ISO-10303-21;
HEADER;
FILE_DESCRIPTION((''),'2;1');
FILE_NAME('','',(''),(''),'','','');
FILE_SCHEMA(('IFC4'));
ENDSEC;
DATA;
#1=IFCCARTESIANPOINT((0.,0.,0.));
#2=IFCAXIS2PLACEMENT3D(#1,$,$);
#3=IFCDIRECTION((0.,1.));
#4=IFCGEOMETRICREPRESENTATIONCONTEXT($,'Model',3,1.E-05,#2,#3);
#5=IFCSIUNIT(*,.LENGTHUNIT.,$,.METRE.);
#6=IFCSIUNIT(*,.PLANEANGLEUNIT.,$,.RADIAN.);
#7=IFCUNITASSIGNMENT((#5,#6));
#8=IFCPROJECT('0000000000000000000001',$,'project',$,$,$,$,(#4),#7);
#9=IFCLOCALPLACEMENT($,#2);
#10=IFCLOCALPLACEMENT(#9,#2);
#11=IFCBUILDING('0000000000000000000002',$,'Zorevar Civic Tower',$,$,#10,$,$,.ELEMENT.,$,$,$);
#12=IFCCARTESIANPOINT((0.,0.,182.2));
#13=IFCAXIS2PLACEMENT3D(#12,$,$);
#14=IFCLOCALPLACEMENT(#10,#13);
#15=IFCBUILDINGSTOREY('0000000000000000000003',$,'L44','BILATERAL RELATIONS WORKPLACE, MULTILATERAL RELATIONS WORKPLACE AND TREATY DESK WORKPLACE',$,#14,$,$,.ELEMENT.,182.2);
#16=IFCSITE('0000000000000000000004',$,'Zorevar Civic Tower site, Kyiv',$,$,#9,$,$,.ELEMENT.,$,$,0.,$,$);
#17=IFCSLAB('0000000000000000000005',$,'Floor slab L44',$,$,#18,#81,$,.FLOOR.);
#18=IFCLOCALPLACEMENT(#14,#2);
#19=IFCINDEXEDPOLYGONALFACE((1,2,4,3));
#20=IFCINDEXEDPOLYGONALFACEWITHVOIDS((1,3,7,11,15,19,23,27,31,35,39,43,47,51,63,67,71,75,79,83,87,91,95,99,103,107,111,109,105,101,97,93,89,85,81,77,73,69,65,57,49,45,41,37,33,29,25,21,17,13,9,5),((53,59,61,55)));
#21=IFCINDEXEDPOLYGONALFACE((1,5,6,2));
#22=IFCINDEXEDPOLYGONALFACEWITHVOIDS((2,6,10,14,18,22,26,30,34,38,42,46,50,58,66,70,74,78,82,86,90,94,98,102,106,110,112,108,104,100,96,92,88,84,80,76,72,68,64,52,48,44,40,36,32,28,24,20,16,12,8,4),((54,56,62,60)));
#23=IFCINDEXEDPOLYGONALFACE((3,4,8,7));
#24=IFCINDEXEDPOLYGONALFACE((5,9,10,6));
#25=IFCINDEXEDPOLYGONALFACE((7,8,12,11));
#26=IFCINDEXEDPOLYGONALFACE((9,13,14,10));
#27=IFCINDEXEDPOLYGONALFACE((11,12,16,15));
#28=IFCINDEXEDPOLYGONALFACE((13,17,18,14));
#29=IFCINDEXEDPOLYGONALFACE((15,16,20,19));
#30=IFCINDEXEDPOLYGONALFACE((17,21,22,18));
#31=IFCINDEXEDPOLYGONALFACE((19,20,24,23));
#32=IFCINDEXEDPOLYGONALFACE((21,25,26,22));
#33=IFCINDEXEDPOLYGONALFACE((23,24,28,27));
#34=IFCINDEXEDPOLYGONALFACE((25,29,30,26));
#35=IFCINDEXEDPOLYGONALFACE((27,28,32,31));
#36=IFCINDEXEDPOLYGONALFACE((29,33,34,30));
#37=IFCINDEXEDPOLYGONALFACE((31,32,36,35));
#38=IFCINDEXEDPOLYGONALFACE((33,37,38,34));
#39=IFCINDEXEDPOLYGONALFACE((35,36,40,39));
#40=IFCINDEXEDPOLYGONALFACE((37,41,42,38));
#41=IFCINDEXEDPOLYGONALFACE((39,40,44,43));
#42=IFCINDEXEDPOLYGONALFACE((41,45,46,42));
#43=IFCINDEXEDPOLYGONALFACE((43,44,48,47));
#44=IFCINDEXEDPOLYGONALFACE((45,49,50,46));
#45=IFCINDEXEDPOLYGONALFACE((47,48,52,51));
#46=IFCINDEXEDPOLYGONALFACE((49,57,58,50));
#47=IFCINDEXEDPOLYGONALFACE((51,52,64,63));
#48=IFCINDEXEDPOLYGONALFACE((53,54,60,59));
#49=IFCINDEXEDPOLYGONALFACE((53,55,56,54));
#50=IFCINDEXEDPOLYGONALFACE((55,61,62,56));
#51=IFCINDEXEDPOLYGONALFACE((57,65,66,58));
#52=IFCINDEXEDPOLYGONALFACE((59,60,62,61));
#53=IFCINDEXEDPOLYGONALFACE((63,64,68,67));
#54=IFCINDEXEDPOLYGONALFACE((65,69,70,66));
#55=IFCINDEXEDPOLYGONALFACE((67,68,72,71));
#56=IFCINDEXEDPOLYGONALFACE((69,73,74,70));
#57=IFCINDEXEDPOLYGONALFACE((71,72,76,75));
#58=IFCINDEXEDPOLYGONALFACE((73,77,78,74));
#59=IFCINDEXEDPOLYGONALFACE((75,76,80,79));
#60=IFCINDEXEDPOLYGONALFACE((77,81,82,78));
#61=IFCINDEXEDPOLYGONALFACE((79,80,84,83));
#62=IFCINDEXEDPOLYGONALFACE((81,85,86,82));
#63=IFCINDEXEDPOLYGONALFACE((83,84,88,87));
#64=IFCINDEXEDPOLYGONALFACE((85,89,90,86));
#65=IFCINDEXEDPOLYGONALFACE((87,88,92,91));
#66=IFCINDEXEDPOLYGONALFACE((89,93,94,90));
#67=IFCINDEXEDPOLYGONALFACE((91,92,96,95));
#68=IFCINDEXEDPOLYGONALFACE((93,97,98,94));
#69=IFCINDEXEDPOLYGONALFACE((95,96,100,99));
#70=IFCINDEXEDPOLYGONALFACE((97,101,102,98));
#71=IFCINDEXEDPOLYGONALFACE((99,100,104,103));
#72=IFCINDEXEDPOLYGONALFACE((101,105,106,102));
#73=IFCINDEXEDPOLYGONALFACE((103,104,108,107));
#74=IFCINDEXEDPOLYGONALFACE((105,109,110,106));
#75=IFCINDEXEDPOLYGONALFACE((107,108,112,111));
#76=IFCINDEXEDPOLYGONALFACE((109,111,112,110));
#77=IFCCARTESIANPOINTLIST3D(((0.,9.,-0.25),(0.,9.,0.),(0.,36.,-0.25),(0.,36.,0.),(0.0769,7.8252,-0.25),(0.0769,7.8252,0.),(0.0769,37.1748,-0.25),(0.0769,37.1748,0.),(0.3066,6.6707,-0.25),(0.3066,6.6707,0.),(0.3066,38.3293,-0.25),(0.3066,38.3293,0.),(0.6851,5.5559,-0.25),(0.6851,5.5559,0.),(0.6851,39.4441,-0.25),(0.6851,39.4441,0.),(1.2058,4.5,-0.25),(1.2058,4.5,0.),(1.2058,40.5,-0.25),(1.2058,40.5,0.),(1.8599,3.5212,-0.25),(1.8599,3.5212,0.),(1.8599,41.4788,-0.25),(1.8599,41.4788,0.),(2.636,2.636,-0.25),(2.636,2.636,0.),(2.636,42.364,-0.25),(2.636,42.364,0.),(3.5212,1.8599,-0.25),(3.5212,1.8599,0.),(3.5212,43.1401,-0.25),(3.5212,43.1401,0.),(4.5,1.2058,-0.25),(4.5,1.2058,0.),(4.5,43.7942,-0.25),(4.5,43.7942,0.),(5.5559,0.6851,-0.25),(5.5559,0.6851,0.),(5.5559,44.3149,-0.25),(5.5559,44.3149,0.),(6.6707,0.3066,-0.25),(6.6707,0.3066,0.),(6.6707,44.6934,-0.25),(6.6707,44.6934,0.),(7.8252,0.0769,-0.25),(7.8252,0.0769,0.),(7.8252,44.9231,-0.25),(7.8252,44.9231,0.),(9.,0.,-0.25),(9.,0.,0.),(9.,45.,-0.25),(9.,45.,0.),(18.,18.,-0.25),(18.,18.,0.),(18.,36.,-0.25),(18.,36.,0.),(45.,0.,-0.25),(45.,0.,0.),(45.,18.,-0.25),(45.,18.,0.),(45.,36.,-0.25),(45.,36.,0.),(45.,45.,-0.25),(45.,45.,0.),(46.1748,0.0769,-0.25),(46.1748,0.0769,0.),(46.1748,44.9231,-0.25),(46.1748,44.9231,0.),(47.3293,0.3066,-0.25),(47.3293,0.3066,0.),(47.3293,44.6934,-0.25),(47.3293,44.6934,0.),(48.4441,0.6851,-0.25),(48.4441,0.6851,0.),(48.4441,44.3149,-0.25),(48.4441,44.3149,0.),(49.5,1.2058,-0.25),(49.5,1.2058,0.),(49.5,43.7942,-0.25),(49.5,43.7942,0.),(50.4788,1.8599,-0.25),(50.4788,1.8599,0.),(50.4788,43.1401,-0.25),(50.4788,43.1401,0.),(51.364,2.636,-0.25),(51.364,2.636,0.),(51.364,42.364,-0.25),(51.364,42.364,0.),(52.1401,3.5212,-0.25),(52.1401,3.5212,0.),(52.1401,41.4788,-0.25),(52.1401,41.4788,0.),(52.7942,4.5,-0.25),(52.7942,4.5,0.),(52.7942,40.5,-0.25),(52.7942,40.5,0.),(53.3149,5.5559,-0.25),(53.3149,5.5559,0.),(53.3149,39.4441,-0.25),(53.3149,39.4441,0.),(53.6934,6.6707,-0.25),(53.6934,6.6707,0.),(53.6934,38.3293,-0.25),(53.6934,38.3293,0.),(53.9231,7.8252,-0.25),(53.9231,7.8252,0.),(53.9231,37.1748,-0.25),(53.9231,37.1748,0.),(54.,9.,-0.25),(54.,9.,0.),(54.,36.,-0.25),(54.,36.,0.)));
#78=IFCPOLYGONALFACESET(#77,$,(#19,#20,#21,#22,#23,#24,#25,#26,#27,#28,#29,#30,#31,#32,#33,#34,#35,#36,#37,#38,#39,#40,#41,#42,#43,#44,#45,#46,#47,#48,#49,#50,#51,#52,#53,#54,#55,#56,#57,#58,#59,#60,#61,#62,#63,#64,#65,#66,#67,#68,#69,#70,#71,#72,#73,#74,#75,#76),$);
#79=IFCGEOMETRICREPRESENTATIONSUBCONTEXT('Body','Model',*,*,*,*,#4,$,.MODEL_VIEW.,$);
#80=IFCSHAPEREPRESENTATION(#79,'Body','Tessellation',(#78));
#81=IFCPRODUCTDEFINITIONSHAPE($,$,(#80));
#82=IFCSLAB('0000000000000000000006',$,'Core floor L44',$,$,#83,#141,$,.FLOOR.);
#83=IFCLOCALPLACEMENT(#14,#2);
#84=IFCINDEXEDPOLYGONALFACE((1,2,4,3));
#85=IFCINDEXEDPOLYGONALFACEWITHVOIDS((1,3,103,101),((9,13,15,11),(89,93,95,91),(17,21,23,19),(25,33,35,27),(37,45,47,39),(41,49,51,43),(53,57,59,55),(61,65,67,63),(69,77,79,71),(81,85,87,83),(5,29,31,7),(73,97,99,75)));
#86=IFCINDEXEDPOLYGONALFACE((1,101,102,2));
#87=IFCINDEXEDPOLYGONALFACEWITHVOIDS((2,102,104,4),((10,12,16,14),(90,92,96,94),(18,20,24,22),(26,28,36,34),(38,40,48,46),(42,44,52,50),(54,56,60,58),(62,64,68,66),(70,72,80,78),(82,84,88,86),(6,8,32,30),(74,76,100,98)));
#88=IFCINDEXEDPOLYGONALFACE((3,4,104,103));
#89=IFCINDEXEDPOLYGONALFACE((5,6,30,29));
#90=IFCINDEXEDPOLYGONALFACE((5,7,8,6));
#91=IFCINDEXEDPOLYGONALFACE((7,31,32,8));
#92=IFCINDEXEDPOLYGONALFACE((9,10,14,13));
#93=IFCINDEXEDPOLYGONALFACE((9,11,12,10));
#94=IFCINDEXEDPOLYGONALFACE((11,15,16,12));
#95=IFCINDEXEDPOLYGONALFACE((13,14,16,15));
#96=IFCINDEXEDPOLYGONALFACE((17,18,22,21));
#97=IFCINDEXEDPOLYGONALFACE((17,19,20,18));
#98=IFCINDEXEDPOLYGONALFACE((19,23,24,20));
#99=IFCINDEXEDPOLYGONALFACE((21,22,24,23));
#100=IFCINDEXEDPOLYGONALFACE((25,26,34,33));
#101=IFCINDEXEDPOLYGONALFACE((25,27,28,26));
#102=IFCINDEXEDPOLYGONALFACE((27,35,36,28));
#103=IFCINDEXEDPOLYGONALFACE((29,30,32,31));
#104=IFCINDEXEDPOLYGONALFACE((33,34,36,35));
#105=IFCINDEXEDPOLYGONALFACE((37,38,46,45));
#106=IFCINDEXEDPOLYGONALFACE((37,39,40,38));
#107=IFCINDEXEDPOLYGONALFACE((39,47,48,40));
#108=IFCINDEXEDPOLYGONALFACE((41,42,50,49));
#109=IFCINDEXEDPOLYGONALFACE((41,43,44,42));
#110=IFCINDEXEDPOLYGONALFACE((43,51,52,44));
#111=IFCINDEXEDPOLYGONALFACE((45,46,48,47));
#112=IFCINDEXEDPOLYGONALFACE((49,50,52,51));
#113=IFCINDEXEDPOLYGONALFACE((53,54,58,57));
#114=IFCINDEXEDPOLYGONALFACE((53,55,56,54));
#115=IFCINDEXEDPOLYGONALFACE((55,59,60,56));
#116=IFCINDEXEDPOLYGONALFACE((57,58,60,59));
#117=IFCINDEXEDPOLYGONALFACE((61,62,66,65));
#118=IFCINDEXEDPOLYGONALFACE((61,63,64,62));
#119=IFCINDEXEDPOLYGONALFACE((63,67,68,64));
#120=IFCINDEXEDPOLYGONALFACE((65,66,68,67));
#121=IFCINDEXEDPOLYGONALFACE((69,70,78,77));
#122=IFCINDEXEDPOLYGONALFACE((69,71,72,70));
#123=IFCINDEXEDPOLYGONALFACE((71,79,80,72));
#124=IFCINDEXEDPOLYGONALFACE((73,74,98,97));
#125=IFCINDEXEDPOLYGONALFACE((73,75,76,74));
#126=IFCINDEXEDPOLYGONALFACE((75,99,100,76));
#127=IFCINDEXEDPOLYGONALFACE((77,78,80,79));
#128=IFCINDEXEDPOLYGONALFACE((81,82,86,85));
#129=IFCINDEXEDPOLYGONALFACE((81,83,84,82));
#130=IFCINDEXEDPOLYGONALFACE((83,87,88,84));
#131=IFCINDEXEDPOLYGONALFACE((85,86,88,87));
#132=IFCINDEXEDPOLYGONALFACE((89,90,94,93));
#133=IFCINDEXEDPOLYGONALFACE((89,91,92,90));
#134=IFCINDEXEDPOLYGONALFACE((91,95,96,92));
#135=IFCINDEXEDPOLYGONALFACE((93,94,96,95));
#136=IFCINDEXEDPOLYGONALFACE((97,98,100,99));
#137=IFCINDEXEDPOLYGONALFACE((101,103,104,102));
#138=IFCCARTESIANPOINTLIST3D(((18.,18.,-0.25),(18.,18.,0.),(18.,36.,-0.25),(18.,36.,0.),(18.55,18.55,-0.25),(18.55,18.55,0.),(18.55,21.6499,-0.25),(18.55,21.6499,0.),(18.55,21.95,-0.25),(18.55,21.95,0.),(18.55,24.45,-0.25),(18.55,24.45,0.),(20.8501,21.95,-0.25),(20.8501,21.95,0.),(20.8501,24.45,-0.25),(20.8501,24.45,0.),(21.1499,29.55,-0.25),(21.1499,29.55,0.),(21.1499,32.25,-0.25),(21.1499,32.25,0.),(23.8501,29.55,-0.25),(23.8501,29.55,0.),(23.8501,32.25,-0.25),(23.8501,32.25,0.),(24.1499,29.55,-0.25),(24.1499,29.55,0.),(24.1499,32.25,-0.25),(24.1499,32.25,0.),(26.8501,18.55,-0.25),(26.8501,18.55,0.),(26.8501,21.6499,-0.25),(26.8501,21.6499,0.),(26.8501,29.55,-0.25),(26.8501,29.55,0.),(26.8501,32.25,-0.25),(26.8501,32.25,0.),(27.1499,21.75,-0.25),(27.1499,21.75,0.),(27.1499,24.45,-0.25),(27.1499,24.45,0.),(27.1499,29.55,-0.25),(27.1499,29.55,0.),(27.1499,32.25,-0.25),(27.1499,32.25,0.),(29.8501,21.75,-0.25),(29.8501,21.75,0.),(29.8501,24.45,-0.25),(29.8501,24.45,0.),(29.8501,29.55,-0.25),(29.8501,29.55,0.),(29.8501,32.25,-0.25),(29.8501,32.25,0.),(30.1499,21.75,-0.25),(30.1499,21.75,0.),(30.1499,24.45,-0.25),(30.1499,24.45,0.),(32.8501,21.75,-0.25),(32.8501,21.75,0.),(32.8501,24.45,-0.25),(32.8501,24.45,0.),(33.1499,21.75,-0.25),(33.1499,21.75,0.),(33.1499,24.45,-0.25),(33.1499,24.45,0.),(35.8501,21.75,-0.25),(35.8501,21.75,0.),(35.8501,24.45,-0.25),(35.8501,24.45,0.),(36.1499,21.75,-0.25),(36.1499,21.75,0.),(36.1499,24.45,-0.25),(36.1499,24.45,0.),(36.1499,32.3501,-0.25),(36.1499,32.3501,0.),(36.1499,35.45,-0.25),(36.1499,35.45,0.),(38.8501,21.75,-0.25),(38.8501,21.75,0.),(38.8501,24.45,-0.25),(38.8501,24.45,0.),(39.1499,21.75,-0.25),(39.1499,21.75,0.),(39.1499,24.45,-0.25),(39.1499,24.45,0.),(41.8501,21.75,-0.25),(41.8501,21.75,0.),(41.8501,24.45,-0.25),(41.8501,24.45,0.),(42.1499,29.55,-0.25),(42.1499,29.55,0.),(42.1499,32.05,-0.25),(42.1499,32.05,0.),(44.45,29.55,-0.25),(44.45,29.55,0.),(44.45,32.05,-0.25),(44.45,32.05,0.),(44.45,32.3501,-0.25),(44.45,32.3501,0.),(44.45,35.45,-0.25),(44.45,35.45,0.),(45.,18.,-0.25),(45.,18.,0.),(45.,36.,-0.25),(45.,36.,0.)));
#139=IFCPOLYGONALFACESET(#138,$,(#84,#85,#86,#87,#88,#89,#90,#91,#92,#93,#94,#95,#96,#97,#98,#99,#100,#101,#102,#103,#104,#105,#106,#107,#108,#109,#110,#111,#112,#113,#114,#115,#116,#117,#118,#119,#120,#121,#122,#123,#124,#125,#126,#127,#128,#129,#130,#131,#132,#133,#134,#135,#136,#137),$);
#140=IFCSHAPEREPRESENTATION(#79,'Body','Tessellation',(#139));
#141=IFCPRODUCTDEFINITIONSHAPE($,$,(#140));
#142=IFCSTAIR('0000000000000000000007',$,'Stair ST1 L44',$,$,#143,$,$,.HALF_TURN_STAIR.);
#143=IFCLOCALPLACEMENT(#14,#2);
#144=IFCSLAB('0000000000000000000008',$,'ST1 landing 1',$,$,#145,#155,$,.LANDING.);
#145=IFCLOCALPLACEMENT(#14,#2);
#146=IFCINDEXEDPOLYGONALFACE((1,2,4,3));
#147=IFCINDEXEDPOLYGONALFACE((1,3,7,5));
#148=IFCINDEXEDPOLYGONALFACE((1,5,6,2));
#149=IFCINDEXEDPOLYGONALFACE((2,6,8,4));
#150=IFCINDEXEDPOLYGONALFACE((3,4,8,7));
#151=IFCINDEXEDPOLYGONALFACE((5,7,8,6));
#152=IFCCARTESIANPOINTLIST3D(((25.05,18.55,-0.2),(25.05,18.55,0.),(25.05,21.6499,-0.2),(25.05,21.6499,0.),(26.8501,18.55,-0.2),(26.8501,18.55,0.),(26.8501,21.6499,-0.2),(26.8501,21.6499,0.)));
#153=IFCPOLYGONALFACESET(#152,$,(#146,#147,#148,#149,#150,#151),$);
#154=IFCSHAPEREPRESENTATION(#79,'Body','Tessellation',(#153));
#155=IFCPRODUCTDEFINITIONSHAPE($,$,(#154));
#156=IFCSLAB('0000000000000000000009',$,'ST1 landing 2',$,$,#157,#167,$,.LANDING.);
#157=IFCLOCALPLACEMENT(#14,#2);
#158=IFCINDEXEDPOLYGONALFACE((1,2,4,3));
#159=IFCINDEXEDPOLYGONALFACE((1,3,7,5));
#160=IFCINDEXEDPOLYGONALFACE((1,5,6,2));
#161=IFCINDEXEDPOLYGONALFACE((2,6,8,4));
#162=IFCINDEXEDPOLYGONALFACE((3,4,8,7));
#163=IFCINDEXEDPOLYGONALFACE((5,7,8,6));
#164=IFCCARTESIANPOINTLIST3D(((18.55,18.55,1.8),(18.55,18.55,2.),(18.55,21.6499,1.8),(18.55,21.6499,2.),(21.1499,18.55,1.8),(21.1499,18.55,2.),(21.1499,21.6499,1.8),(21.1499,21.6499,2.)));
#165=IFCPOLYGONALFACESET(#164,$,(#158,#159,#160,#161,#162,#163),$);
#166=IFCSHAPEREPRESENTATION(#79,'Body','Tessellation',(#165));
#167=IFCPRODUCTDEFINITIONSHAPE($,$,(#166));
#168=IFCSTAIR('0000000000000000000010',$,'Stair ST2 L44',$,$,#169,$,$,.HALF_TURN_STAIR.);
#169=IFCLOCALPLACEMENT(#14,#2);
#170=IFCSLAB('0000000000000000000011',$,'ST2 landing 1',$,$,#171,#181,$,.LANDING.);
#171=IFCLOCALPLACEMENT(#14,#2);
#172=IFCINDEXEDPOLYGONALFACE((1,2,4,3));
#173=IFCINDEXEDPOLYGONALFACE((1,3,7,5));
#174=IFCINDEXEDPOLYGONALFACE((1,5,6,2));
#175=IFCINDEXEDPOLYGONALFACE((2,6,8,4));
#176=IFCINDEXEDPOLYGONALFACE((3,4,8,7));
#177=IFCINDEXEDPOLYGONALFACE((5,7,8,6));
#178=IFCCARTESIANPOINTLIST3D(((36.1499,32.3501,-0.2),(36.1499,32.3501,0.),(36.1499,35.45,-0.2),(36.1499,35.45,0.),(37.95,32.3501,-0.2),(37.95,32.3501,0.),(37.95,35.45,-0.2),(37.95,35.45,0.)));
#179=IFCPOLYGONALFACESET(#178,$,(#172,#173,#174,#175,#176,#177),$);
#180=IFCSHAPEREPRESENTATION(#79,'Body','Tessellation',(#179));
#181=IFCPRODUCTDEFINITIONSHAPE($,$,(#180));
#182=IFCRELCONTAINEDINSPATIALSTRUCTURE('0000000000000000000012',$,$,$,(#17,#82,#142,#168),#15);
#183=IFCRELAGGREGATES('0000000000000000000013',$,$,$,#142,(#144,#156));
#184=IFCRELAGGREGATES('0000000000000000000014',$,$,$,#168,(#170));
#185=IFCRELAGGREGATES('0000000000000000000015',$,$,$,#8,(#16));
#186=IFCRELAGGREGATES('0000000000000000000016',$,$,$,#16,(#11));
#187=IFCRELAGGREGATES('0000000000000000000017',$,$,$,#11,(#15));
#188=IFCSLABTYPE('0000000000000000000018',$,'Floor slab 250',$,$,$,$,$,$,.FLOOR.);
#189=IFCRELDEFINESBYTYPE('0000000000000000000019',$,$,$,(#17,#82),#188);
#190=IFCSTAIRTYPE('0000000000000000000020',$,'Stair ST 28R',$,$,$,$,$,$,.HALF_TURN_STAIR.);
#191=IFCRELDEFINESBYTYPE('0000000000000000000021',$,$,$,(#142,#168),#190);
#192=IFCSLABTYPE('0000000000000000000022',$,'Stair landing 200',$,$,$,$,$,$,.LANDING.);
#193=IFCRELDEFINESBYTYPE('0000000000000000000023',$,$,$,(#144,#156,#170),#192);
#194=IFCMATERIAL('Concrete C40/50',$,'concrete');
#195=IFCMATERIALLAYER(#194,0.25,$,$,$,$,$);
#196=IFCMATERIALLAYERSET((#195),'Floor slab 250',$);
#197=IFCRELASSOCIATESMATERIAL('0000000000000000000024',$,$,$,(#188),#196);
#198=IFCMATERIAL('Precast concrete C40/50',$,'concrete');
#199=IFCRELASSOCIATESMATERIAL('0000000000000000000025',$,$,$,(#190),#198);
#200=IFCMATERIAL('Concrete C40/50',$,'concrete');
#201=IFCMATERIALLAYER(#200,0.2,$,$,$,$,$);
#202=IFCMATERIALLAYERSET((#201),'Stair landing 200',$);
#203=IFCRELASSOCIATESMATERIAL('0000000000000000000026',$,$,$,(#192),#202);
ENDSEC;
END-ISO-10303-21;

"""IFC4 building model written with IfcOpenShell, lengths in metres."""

from ifc_helpers import new_model, si_unit, direction, frame, origin, place, context, subcontext, project, spatial, polyline, outline, extrude, material, layer, layer_set, type_object, element, aggregate, save


model = new_model("IFC4")

# Units and contexts
model_context = context("Model", 3, precision=1e-05, world=origin(), true_north=direction((0.0, 1.0)))
body_context = subcontext(model_context, "Body", "Model", "MODEL_VIEW")
ifc_project = project(units=[si_unit("LENGTHUNIT", "METRE"), si_unit("PLANEANGLEUNIT", "RADIAN")], contexts=[model_context])

# Site, building, storey
site_placement = place(None, origin())
site = spatial("IfcSite", under=ifc_project, at=site_placement, Name="Zorevar Civic Tower site, Kyiv", CompositionType="ELEMENT", RefElevation=0.0)
building_placement = place(site_placement, origin())
building = spatial("IfcBuilding", under=site, at=building_placement, Name="Zorevar Civic Tower", CompositionType="ELEMENT")
storey_placement = place(building_placement, frame((0.0, 0.0, 182.2)))
storey = spatial("IfcBuildingStorey", under=building, at=storey_placement, Name="L44", Description="BILATERAL RELATIONS WORKPLACE, MULTILATERAL RELATIONS WORKPLACE AND TREATY DESK WORKPLACE", CompositionType="ELEMENT", Elevation=182.2)

# Slabs
ifc_material_1 = material(Name="Concrete C40/50", Category="concrete")
ifc_layer_1 = layer(ifc_material_1, 0.25)
ifc_layer_set_1 = layer_set([ifc_layer_1], Name="Floor slab 250")
slab_type_1 = type_object("IfcSlabType", Name="Floor slab 250", PredefinedType="FLOOR", material=ifc_layer_set_1)
slab_1_placement = place(storey_placement, frame((0.0, 0.0, -0.25)))
element("IfcSlab", 1, at=slab_1_placement, inside=storey, type_object=slab_type_1, Name="Floor slab L44", PredefinedType="FLOOR", context=body_context, shape_type="SweptSolid", body=[
    extrude(outline(polyline([(45.0, 0.0), (46.1748, 0.0769), (47.3293, 0.3066), (48.4441, 0.6851), (49.5, 1.2058), (50.4788, 1.8599), (51.364, 2.636), (52.1401, 3.5212), (52.7942, 4.5), (53.3149, 5.5559), (53.6934, 6.6707), (53.9231, 7.8252), (54.0, 9.0), (54.0, 36.0), (53.9231, 37.1748), (53.6934, 38.3293), (53.3149, 39.4441), (52.7942, 40.5), (52.1401, 41.4788), (51.364, 42.364), (50.4788, 43.1401), (49.5, 43.7942), (48.4441, 44.3149), (47.3293, 44.6934), (46.1748, 44.9231), (45.0, 45.0), (9.0, 45.0), (7.8252, 44.9231), (6.6707, 44.6934), (5.5559, 44.3149), (4.5, 43.7942), (3.5212, 43.1401), (2.636, 42.364), (1.8599, 41.4788), (1.2058, 40.5), (0.6851, 39.4441), (0.3066, 38.3293), (0.0769, 37.1748), (0.0, 36.0), (0.0, 9.0), (0.0769, 7.8252), (0.3066, 6.6707), (0.6851, 5.5559), (1.2058, 4.5), (1.8599, 3.5212), (2.636, 2.636), (3.5212, 1.8599), (4.5, 1.2058), (5.5559, 0.6851), (6.6707, 0.3066), (7.8252, 0.0769), (9.0, 0.0), (45.0, 0.0)]), holes=[polyline([(18.0, 18.0), (45.0, 18.0), (45.0, 36.0), (18.0, 36.0), (18.0, 18.0)])]), origin(), (0.0, 0.0, 1.0), 0.25),
])
slab_2_placement = place(storey_placement, frame((0.0, 0.0, -0.25)))
element("IfcSlab", 2, at=slab_2_placement, inside=storey, type_object=slab_type_1, Name="Core floor L44", PredefinedType="FLOOR", context=body_context, shape_type="SweptSolid", body=[
    extrude(outline(polyline([(18.0, 18.0), (45.0, 18.0), (45.0, 36.0), (18.0, 36.0), (18.0, 18.0)]), holes=[polyline([(18.55, 18.55), (26.8501, 18.55), (26.8501, 21.6499), (18.55, 21.6499), (18.55, 18.55)]), polyline([(36.1499, 32.3501), (44.45, 32.3501), (44.45, 35.45), (36.1499, 35.45), (36.1499, 32.3501)]), polyline([(18.55, 21.95), (20.8501, 21.95), (20.8501, 24.45), (18.55, 24.45), (18.55, 21.95)]), polyline([(42.1499, 29.55), (44.45, 29.55), (44.45, 32.05), (42.1499, 32.05), (42.1499, 29.55)]), polyline([(27.1499, 21.75), (29.8501, 21.75), (29.8501, 24.45), (27.1499, 24.45), (27.1499, 21.75)]), polyline([(30.1499, 21.75), (32.8501, 21.75), (32.8501, 24.45), (30.1499, 24.45), (30.1499, 21.75)]), polyline([(33.1499, 21.75), (35.8501, 21.75), (35.8501, 24.45), (33.1499, 24.45), (33.1499, 21.75)]), polyline([(27.1499, 29.55), (29.8501, 29.55), (29.8501, 32.25), (27.1499, 32.25), (27.1499, 29.55)]), polyline([(36.1499, 21.75), (38.8501, 21.75), (38.8501, 24.45), (36.1499, 24.45), (36.1499, 21.75)]), polyline([(24.1499, 29.55), (26.8501, 29.55), (26.8501, 32.25), (24.1499, 32.25), (24.1499, 29.55)]), polyline([(39.1499, 21.75), (41.8501, 21.75), (41.8501, 24.45), (39.1499, 24.45), (39.1499, 21.75)]), polyline([(21.1499, 29.55), (23.8501, 29.55), (23.8501, 32.25), (21.1499, 32.25), (21.1499, 29.55)])]), origin(), (0.0, 0.0, 1.0), 0.25),
])

# Stairs, slabs
ifc_material_2 = material(Name="Precast concrete C40/50", Category="concrete")
stair_type = type_object("IfcStairType", Name="Stair ST 28R", PredefinedType="HALF_TURN_STAIR", material=ifc_material_2)
stair_1_placement = place(storey_placement, origin())
stair_1 = element("IfcStair", 3, at=stair_1_placement, inside=storey, type_object=stair_type, Name="Stair ST1 L44", PredefinedType="HALF_TURN_STAIR")
ifc_material_3 = material(Name="Concrete C40/50", Category="concrete")
ifc_layer_2 = layer(ifc_material_3, 0.2)
ifc_layer_set_2 = layer_set([ifc_layer_2], Name="Stair landing 200")
slab_type_2 = type_object("IfcSlabType", Name="Stair landing 200", PredefinedType="LANDING", material=ifc_layer_set_2)
slab_3_placement = place(storey_placement, frame((0.0, 0.0, -0.2)))
slab_3 = element("IfcSlab", 4, at=slab_3_placement, type_object=slab_type_2, Name="ST1 landing 1", PredefinedType="LANDING", context=body_context, shape_type="SweptSolid", body=[
    extrude(outline(polyline([(25.05, 18.55), (26.8501, 18.55), (26.8501, 21.6499), (25.05, 21.6499), (25.05, 18.55)])), origin(), (0.0, 0.0, 1.0), 0.2),
])
slab_4_placement = place(storey_placement, frame((0.0, 0.0, 1.8)))
slab_4 = element("IfcSlab", 5, at=slab_4_placement, type_object=slab_type_2, Name="ST1 landing 2", PredefinedType="LANDING", context=body_context, shape_type="SweptSolid", body=[
    extrude(outline(polyline([(18.55, 18.55), (21.1499, 18.55), (21.1499, 21.6499), (18.55, 21.6499), (18.55, 18.55)])), origin(), (0.0, 0.0, 1.0), 0.2),
])
aggregate(stair_1, [slab_3, slab_4])
stair_2_placement = place(storey_placement, origin())
stair_2 = element("IfcStair", 6, at=stair_2_placement, inside=storey, type_object=stair_type, Name="Stair ST2 L44", PredefinedType="HALF_TURN_STAIR")
slab_5_placement = place(storey_placement, frame((0.0, 0.0, -0.2)))
slab_5 = element("IfcSlab", 7, at=slab_5_placement, type_object=slab_type_2, Name="ST2 landing 1", PredefinedType="LANDING", context=body_context, shape_type="SweptSolid", body=[
    extrude(outline(polyline([(37.95, 32.3501), (36.1499, 32.3501), (36.1499, 35.45), (37.95, 35.45), (37.95, 32.3501)])), origin(), (0.0, 0.0, 1.0), 0.2),
])
aggregate(stair_2, [slab_5])

save(model, "model.ifc")
